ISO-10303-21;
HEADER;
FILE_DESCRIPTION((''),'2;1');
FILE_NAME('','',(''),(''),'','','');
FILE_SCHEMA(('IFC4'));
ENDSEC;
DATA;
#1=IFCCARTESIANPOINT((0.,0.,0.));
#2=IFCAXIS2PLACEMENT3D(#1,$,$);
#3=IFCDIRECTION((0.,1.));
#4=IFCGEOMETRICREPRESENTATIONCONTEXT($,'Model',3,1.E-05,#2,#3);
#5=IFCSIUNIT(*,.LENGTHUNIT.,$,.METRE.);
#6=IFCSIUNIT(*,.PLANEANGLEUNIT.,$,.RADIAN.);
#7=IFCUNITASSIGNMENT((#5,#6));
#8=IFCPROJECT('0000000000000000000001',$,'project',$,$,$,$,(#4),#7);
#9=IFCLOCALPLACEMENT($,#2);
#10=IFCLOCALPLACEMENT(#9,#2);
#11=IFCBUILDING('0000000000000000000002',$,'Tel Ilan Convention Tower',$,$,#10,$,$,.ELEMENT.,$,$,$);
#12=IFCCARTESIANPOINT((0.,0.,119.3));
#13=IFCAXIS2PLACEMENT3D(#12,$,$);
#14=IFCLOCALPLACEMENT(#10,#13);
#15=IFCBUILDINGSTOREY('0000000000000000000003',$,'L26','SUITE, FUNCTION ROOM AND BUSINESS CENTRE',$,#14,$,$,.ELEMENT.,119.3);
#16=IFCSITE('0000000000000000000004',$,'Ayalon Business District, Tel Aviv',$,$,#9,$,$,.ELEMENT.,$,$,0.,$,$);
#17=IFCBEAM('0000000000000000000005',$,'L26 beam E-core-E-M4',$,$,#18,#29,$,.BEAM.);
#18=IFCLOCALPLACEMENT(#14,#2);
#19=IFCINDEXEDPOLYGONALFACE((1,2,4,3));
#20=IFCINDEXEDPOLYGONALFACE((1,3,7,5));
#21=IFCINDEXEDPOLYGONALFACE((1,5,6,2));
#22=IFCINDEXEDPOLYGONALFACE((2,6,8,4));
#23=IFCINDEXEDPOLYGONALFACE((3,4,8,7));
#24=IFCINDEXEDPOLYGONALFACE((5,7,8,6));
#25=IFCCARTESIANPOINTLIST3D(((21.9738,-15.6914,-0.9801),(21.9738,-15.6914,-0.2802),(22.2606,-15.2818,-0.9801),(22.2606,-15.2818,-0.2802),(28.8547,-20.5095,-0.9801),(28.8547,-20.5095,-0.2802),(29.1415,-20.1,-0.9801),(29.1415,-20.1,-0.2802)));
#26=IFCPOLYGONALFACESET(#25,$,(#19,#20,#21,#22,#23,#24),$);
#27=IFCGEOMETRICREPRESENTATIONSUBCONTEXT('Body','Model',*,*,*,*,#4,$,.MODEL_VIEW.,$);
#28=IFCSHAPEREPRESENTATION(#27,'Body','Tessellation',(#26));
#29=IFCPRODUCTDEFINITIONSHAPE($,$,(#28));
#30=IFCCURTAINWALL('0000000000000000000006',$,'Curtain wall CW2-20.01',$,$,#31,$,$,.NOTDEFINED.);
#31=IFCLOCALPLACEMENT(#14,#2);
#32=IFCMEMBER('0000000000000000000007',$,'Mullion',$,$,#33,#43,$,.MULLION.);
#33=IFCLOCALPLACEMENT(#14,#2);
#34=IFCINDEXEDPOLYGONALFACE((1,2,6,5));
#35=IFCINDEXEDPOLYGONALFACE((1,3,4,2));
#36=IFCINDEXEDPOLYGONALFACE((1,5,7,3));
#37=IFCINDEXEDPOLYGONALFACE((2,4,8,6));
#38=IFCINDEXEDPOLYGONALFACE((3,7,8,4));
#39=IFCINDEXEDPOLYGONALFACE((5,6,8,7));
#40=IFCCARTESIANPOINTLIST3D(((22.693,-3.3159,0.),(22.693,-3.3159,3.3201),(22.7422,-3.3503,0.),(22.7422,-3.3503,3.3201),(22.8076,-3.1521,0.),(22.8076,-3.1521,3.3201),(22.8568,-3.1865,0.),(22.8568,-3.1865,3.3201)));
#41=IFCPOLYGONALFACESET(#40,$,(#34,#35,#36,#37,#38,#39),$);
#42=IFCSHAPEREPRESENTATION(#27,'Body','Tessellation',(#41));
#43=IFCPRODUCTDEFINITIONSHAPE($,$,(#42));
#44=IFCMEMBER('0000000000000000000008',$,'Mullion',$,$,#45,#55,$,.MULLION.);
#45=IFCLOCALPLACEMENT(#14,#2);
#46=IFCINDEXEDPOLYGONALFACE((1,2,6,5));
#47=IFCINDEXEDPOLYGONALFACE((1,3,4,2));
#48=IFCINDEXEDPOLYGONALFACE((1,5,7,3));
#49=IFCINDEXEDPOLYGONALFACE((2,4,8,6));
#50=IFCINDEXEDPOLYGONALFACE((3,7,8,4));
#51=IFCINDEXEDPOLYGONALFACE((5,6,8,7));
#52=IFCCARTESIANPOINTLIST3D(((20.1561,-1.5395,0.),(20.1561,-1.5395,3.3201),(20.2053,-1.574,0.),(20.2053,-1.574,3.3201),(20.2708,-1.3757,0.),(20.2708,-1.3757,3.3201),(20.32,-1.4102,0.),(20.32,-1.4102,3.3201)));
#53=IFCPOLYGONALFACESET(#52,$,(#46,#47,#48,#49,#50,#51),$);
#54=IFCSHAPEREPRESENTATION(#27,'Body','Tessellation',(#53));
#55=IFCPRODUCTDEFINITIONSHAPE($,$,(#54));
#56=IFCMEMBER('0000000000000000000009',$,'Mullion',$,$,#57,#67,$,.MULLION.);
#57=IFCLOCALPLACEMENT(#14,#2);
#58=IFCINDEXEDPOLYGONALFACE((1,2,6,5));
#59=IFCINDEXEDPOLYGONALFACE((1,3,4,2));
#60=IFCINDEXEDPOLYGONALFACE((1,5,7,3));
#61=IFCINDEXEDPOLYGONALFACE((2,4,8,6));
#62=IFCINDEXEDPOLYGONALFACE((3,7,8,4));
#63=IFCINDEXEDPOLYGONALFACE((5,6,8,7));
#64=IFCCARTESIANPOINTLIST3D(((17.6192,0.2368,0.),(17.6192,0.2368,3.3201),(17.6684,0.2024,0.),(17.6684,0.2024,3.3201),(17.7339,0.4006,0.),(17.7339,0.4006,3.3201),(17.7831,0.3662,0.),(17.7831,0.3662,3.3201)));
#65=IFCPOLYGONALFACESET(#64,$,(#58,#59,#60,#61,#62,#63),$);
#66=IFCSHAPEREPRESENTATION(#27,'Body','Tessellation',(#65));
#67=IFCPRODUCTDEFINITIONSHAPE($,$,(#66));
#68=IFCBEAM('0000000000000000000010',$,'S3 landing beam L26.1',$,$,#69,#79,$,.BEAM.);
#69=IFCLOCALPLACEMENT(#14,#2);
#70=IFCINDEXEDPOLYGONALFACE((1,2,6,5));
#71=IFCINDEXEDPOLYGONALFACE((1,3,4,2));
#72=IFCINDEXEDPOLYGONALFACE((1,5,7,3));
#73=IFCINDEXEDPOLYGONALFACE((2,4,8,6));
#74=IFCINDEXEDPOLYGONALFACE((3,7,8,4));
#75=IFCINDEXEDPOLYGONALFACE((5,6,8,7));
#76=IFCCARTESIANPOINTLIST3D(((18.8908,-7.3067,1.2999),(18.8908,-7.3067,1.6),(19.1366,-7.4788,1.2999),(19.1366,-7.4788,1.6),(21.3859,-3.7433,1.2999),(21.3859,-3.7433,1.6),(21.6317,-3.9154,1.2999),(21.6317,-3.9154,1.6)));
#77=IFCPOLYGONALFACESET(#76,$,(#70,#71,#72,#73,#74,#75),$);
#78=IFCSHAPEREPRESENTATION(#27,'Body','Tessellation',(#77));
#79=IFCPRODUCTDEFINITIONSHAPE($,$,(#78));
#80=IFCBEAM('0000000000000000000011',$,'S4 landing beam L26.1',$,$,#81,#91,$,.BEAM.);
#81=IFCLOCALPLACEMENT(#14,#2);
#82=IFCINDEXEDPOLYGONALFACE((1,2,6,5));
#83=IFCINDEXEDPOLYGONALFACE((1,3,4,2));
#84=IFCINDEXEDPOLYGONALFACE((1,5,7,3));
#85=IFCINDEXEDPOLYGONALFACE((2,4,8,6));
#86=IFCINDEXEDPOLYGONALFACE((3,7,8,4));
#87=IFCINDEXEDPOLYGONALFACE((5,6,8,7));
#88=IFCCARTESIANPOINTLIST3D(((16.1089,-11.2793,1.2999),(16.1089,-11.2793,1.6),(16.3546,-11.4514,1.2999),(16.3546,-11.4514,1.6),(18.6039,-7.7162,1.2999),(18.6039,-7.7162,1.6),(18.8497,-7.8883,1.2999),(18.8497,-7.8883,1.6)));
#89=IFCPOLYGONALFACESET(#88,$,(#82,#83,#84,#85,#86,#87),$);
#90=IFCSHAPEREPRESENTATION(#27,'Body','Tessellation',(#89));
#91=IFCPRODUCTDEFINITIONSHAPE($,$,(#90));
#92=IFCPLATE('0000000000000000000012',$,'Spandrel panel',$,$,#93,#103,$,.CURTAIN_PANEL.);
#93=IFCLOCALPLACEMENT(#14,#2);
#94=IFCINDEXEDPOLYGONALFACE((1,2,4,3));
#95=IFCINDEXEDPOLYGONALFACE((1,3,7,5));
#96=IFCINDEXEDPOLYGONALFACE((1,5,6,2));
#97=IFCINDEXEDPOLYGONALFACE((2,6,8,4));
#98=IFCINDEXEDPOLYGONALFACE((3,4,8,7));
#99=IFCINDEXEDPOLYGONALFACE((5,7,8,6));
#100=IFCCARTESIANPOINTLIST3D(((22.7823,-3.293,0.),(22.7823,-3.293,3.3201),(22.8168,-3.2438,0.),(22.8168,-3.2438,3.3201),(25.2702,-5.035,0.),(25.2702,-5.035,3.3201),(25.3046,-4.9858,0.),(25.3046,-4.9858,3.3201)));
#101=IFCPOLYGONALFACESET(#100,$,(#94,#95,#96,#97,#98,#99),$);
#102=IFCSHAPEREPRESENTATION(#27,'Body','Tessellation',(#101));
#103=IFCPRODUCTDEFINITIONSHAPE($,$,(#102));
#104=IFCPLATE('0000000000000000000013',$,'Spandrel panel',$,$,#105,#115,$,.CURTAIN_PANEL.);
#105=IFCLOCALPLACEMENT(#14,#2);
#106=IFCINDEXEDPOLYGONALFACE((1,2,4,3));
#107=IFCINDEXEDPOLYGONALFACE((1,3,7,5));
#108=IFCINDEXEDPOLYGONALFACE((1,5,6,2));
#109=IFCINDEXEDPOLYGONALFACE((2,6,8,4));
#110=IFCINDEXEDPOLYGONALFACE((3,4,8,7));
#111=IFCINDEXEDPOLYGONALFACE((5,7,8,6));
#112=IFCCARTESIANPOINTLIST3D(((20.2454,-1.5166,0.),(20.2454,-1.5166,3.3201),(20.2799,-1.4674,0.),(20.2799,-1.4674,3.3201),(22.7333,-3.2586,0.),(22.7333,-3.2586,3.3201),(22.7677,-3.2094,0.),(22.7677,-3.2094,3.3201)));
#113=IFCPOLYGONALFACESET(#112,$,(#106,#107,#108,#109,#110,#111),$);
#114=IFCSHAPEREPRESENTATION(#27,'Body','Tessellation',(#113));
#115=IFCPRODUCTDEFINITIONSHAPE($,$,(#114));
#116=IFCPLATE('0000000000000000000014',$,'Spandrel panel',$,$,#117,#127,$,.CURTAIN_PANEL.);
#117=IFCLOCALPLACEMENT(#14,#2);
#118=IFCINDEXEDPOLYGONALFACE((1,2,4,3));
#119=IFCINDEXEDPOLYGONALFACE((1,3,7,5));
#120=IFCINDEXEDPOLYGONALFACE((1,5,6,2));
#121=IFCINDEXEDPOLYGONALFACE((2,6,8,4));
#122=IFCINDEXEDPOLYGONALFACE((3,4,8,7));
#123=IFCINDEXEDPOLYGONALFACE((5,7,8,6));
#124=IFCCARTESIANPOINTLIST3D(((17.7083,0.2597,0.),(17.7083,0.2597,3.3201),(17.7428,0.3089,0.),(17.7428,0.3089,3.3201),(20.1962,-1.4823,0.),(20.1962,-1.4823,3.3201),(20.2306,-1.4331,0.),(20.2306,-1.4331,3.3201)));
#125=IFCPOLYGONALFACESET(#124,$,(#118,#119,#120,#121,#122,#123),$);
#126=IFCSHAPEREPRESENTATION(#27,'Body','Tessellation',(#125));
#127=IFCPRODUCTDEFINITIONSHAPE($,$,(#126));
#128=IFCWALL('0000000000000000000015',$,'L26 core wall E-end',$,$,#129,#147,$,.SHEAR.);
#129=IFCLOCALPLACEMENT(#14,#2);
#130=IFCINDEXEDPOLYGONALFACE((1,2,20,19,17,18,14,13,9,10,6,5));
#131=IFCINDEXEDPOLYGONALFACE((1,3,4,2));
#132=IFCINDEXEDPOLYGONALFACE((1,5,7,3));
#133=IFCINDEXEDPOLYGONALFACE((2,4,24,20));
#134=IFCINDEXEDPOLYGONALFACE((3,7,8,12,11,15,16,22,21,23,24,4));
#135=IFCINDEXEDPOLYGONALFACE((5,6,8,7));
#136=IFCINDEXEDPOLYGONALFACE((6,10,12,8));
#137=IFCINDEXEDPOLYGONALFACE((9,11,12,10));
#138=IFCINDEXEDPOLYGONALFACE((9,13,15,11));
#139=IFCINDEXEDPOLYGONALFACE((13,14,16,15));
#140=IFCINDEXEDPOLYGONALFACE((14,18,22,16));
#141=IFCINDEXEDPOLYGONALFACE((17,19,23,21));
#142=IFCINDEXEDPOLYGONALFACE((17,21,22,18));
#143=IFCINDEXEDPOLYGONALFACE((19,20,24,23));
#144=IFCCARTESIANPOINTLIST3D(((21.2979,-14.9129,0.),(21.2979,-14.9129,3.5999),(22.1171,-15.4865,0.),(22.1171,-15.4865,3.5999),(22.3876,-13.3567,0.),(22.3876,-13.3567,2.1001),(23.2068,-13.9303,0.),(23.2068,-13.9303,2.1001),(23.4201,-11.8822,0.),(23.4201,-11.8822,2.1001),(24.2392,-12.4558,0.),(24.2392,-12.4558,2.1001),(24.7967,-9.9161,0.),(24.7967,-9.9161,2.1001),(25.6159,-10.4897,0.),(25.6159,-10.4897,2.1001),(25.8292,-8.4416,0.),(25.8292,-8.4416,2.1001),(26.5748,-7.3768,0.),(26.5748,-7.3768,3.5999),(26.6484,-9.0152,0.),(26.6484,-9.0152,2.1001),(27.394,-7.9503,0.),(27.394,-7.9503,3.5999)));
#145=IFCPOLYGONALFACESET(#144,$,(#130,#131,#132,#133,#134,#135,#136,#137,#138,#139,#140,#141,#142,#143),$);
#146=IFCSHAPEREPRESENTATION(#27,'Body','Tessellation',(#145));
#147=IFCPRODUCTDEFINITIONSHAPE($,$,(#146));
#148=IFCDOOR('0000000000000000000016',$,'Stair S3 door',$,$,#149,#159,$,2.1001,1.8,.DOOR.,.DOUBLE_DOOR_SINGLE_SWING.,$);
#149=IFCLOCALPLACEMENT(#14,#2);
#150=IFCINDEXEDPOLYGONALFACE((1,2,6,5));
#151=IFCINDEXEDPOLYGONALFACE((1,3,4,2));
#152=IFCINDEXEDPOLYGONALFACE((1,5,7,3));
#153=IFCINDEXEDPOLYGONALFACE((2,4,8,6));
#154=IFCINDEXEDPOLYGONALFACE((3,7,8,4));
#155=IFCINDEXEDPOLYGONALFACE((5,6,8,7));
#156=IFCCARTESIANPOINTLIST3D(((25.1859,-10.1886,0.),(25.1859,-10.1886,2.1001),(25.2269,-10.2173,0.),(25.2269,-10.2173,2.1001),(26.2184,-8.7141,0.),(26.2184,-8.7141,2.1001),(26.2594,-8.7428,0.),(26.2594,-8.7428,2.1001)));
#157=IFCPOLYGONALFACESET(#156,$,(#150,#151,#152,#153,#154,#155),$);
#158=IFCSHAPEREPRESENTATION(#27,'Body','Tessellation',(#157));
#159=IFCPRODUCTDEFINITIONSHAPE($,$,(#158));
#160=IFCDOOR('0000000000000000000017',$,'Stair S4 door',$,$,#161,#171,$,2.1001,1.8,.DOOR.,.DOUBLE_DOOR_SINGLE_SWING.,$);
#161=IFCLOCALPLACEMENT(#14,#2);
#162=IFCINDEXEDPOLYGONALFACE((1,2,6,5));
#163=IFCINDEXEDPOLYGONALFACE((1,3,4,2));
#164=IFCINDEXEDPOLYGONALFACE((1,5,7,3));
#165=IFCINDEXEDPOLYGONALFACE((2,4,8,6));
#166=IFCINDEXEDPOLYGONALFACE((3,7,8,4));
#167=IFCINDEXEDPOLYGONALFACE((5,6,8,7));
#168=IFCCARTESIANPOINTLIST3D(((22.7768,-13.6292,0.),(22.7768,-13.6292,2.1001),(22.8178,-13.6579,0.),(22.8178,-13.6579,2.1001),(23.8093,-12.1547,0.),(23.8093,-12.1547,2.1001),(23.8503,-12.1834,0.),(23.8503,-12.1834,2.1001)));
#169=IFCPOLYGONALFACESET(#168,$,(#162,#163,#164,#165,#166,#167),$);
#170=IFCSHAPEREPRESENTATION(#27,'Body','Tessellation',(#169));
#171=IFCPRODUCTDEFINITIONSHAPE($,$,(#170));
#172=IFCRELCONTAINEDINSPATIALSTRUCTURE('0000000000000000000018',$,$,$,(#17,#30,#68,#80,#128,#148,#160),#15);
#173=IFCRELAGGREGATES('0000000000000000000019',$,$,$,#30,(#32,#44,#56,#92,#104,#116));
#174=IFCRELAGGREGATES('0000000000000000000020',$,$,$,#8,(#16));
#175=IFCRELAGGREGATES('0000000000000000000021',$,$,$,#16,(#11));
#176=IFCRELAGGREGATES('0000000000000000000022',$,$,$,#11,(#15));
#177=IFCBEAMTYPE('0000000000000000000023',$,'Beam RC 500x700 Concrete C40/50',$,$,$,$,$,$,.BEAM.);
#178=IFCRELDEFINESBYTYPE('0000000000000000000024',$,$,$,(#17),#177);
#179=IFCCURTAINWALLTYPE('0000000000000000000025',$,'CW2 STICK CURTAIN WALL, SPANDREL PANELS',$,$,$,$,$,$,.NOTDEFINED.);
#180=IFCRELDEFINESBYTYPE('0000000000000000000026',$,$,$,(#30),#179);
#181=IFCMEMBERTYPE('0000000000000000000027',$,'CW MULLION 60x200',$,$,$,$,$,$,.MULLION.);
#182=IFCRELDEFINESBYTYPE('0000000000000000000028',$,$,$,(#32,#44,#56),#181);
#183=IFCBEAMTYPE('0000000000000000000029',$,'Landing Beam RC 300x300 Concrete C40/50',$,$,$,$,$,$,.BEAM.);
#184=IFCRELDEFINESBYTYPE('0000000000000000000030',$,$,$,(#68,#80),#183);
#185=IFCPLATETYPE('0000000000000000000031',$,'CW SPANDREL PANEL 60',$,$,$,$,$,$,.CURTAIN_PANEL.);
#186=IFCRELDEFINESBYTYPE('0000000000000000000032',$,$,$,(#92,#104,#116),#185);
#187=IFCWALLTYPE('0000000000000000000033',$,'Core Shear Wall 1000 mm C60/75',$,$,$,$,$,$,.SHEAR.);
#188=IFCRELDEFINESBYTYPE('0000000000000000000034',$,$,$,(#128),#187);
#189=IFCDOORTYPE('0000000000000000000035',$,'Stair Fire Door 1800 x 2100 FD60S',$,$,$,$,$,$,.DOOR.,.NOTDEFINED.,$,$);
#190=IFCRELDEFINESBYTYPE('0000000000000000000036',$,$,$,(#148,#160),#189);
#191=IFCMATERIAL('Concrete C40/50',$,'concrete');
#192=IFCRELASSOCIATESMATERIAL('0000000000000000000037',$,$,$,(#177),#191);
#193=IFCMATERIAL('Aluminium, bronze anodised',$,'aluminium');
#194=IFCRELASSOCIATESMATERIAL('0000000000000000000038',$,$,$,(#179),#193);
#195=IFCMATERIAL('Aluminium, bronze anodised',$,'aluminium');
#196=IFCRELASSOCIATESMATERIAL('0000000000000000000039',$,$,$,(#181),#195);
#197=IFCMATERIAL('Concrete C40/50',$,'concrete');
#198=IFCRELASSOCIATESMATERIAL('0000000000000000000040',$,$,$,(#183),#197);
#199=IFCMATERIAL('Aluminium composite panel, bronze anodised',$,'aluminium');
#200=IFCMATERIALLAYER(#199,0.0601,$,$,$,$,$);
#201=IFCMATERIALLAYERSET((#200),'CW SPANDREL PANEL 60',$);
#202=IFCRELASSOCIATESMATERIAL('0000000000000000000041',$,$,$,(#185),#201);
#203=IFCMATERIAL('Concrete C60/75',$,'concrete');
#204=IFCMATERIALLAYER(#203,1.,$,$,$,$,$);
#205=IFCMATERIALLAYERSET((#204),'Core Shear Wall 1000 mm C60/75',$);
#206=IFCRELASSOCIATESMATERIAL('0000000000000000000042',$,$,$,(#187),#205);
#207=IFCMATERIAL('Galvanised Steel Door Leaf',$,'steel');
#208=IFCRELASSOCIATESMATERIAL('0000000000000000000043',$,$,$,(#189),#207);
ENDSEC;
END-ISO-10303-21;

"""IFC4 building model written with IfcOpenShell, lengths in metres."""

from ifc_helpers import new_model, si_unit, direction, frame, frame_2d, origin, origin_2d, place, context, subcontext, project, spatial, polyline, rectangle, outline, extrude, material, layer, layer_set, material_profile, profile_set, type_object, element, fill, aggregate, save


model = new_model("IFC4")

# Units and contexts
model_context = context("Model", 3, precision=1e-05, world=origin(), true_north=direction((0.0, 1.0)))
body_context = subcontext(model_context, "Body", "Model", "MODEL_VIEW")
ifc_project = project(units=[si_unit("LENGTHUNIT", "METRE"), si_unit("PLANEANGLEUNIT", "RADIAN")], contexts=[model_context])

# Site, building, storey
site_placement = place(None, origin())
site = spatial("IfcSite", under=ifc_project, at=site_placement, Name="Ayalon Business District, Tel Aviv", CompositionType="ELEMENT", RefElevation=0.0)
building_placement = place(site_placement, origin())
building = spatial("IfcBuilding", under=site, at=building_placement, Name="Tel Ilan Convention Tower", CompositionType="ELEMENT")
storey_placement = place(building_placement, frame((0.0, 0.0, 119.3)))
storey = spatial("IfcBuildingStorey", under=building, at=storey_placement, Name="L26", Description="SUITE, FUNCTION ROOM AND BUSINESS CENTRE", CompositionType="ELEMENT", Elevation=119.3)

# Beam
ifc_material_1 = material(Name="Concrete C40/50", Category="concrete")
ifc_material_profile_1 = material_profile(ifc_material_1, rectangle(XDim=0.5, YDim=0.7, at=origin_2d()), Name="RC 500x700")
ifc_profile_set_1 = profile_set([ifc_material_profile_1], Name="Concrete C40/50")
beam_type_1 = type_object("IfcBeamType", Name="Beam RC 500x700 Concrete C40/50", PredefinedType="BEAM", material=ifc_profile_set_1)
beam_1_placement = place(storey_placement, frame((22.1172, -15.4866, -0.6301), z_axis=(0.819147, -0.573583, 0.0), x_axis=(0.573583, 0.819147, 0.0)))
element("IfcBeam", 1, at=beam_1_placement, inside=storey, type_object=beam_type_1, Name="L26 beam E-core-E-M4", PredefinedType="BEAM", context=body_context, shape_type="SweptSolid", body=[
    extrude(rectangle(XDim=0.5, YDim=0.7, at=origin_2d()), origin(), (0.0, 0.0, 1.0), 8.4001),
])

# Curtain wall, members
ifc_material_2 = material(Name="Aluminium, bronze anodised", Category="aluminium")
curtain_wall_type = type_object("IfcCurtainWallType", Name="CW2 STICK CURTAIN WALL, SPANDREL PANELS", PredefinedType="NOTDEFINED", material=ifc_material_2)
curtain_wall_placement = place(storey_placement, origin())
curtain_wall = element("IfcCurtainWall", 2, at=curtain_wall_placement, inside=storey, type_object=curtain_wall_type, Name="Curtain wall CW2-20.01", PredefinedType="NOTDEFINED")
ifc_material_3 = material(Name="Aluminium, bronze anodised", Category="aluminium")
ifc_material_profile_2 = material_profile(ifc_material_3, rectangle(XDim=0.0601, YDim=0.2, at=origin_2d()), Name="CW MULLION 60x200")
ifc_profile_set_2 = profile_set([ifc_material_profile_2], Name="Aluminium, bronze anodised")
member_type = type_object("IfcMemberType", Name="CW MULLION 60x200", PredefinedType="MULLION", material=ifc_profile_set_2)
member_1_placement = place(storey_placement, frame((22.7749, -3.2512, 0.0), z_axis=(0.0, 0.0, 1.0), x_axis=(-0.819152, 0.573576, 0.0)))
member_1 = element("IfcMember", 3, at=member_1_placement, type_object=member_type, Name="Mullion", PredefinedType="MULLION", context=body_context, shape_type="SweptSolid", body=[
    extrude(rectangle(XDim=0.0601, YDim=0.2, at=origin_2d()), origin(), (0.0, 0.0, 1.0), 3.3201),
])
member_2_placement = place(storey_placement, frame((20.238, -1.4749, 0.0), z_axis=(0.0, 0.0, 1.0), x_axis=(-0.819152, 0.573576, 0.0)))
member_2 = element("IfcMember", 4, at=member_2_placement, type_object=member_type, Name="Mullion", PredefinedType="MULLION", context=body_context, shape_type="SweptSolid", body=[
    extrude(rectangle(XDim=0.0601, YDim=0.2, at=origin_2d()), origin(), (0.0, 0.0, 1.0), 3.3201),
])
member_3_placement = place(storey_placement, frame((17.7012, 0.3015, 0.0), z_axis=(0.0, 0.0, 1.0), x_axis=(-0.819152, 0.573576, 0.0)))
member_3 = element("IfcMember", 5, at=member_3_placement, type_object=member_type, Name="Mullion", PredefinedType="MULLION", context=body_context, shape_type="SweptSolid", body=[
    extrude(rectangle(XDim=0.0601, YDim=0.2, at=origin_2d()), origin(), (0.0, 0.0, 1.0), 3.3201),
])

# Beams
ifc_material_4 = material(Name="Concrete C40/50", Category="concrete")
ifc_material_profile_3 = material_profile(ifc_material_4, rectangle(XDim=0.3, YDim=0.3, at=origin_2d()), Name="RC 300x300")
ifc_profile_set_3 = profile_set([ifc_material_profile_3], Name="Concrete C40/50")
beam_type_2 = type_object("IfcBeamType", Name="Landing Beam RC 300x300 Concrete C40/50", PredefinedType="BEAM", material=ifc_profile_set_3)
beam_2_placement = place(storey_placement, frame((21.5088, -3.8293, 1.45), z_axis=(-0.573568, -0.819158, 0.0), x_axis=(0.819158, -0.573568, 0.0)))
element("IfcBeam", 6, at=beam_2_placement, inside=storey, type_object=beam_type_2, Name="S3 landing beam L26.1", PredefinedType="BEAM", context=body_context, shape_type="SweptSolid", body=[
    extrude(rectangle(XDim=0.3, YDim=0.3, at=origin_2d()), origin(), (0.0, 0.0, 1.0), 4.3501),
])
beam_3_placement = place(storey_placement, frame((18.7268, -7.8022, 1.45), z_axis=(-0.573594, -0.81914, 0.0), x_axis=(0.81914, -0.573594, 0.0)))
element("IfcBeam", 7, at=beam_3_placement, inside=storey, type_object=beam_type_2, Name="S4 landing beam L26.1", PredefinedType="BEAM", context=body_context, shape_type="SweptSolid", body=[
    extrude(rectangle(XDim=0.3, YDim=0.3, at=origin_2d()), origin(), (0.0, 0.0, 1.0), 4.3499),
])

# Plates
ifc_material_5 = material(Name="Aluminium composite panel, bronze anodised", Category="aluminium")
ifc_layer_1 = layer(ifc_material_5, 0.0601)
ifc_layer_set_1 = layer_set([ifc_layer_1], Name="CW SPANDREL PANEL 60")
plate_type = type_object("IfcPlateType", Name="CW SPANDREL PANEL 60", PredefinedType="CURTAIN_PANEL", material=ifc_layer_set_1)
plate_1_placement = place(storey_placement, frame((24.0435, -4.1394, 0.0), z_axis=(0.0, 0.0, 1.0), x_axis=(-0.819152, 0.573576, 0.0)))
plate_1 = element("IfcPlate", 8, at=plate_1_placement, type_object=plate_type, Name="Spandrel panel", PredefinedType="CURTAIN_PANEL", context=body_context, shape_type="SweptSolid", body=[
    extrude(rectangle(XDim=3.0371, YDim=0.0601, at=origin_2d()), origin(), (0.0, 0.0, 1.0), 3.3201),
])
plate_2_placement = place(storey_placement, frame((21.5066, -2.363, 0.0), z_axis=(0.0, 0.0, 1.0), x_axis=(-0.819152, 0.573576, 0.0)))
plate_2 = element("IfcPlate", 9, at=plate_2_placement, type_object=plate_type, Name="Spandrel panel", PredefinedType="CURTAIN_PANEL", context=body_context, shape_type="SweptSolid", body=[
    extrude(rectangle(XDim=3.0371, YDim=0.0601, at=origin_2d()), origin(), (0.0, 0.0, 1.0), 3.3201),
])
plate_3_placement = place(storey_placement, frame((18.9695, -0.5867, 0.0), z_axis=(0.0, 0.0, 1.0), x_axis=(-0.819152, 0.573576, 0.0)))
plate_3 = element("IfcPlate", 10, at=plate_3_placement, type_object=plate_type, Name="Spandrel panel", PredefinedType="CURTAIN_PANEL", context=body_context, shape_type="SweptSolid", body=[
    extrude(rectangle(XDim=3.0371, YDim=0.0601, at=origin_2d()), origin(), (0.0, 0.0, 1.0), 3.3201),
])
aggregate(curtain_wall, [member_1, member_2, member_3, plate_1, plate_2, plate_3])

# Wall, openings, doors
ifc_material_6 = material(Name="Concrete C60/75", Category="concrete")
ifc_layer_2 = layer(ifc_material_6, 1.0)
ifc_layer_set_2 = layer_set([ifc_layer_2], Name="Core Shear Wall 1000 mm C60/75")
wall_type = type_object("IfcWallType", Name="Core Shear Wall 1000 mm C60/75", PredefinedType="SHEAR", material=ifc_layer_set_2)
wall_placement = place(storey_placement, frame((21.7075, -15.1997, 0.0), z_axis=(0.0, 0.0, 1.0), x_axis=(0.573576, 0.819152, 0.0)))
wall = element("IfcWall", 11, at=wall_placement, inside=storey, type_object=wall_type, Name="L26 core wall E-end", PredefinedType="SHEAR", context=body_context, shape_type="SweptSolid", body=[
    extrude(outline(polyline([(9.2, 0.5), (0.0, 0.5), (0.0, -0.5), (9.2, -0.5), (9.2, 0.5)])), origin(), (0.0, 0.0, 1.0), 3.5999),
])
opening_1_placement = place(wall_placement, frame((6.1001, 0.0, 0.0)))
opening_1 = element("IfcOpeningElement", 12, at=opening_1_placement, cuts=wall, PredefinedType="OPENING", context=body_context, shape_type="SweptSolid", body=[
    extrude(rectangle(XDim=1.8, YDim=2.1001, at=frame_2d((0.8999, 1.05))), frame((0.0, 0.51, 0.0), z_axis=(0.0, -1.0, 0.0), x_axis=(1.0, 0.0, 0.0)), (0.0, 0.0, 1.0), 1.02),
])
opening_2_placement = place(wall_placement, frame((1.8999, 0.0, 0.0)))
opening_2 = element("IfcOpeningElement", 13, at=opening_2_placement, cuts=wall, PredefinedType="OPENING", context=body_context, shape_type="SweptSolid", body=[
    extrude(rectangle(XDim=1.8, YDim=2.1001, at=frame_2d((0.8999, 1.05))), frame((0.0, 0.51, 0.0), z_axis=(0.0, -1.0, 0.0), x_axis=(1.0, 0.0, 0.0)), (0.0, 0.0, 1.0), 1.02),
])
ifc_material_7 = material(Name="Galvanised Steel Door Leaf", Category="steel")
door_type = type_object("IfcDoorType", Name="Stair Fire Door 1800 x 2100 FD60S", OperationType="NOTDEFINED", PredefinedType="DOOR", material=ifc_material_7)
door_1_placement = place(opening_1_placement, origin())
door_1 = element("IfcDoor", 14, at=door_1_placement, inside=storey, type_object=door_type, Name="Stair S3 door", OperationType="DOUBLE_DOOR_SINGLE_SWING", OverallHeight=2.1001, OverallWidth=1.8, PredefinedType="DOOR", context=body_context, shape_type="SweptSolid", body=[
    extrude(rectangle(XDim=1.8, YDim=2.1001, at=frame_2d((0.8999, 1.05))), frame((0.0, 0.0249, 0.0), z_axis=(0.0, -1.0, 0.0), x_axis=(1.0, 0.0, 0.0)), (0.0, 0.0, 1.0), 0.05),
])
fill(opening_1, door_1)
door_2_placement = place(opening_2_placement, origin())
door_2 = element("IfcDoor", 15, at=door_2_placement, inside=storey, type_object=door_type, Name="Stair S4 door", OperationType="DOUBLE_DOOR_SINGLE_SWING", OverallHeight=2.1001, OverallWidth=1.8, PredefinedType="DOOR", context=body_context, shape_type="SweptSolid", body=[
    extrude(rectangle(XDim=1.8, YDim=2.1001, at=frame_2d((0.8999, 1.05))), frame((0.0, 0.0249, 0.0), z_axis=(0.0, -1.0, 0.0), x_axis=(1.0, 0.0, 0.0)), (0.0, 0.0, 1.0), 0.05),
])
fill(opening_2, door_2)

save(model, "model.ifc")
